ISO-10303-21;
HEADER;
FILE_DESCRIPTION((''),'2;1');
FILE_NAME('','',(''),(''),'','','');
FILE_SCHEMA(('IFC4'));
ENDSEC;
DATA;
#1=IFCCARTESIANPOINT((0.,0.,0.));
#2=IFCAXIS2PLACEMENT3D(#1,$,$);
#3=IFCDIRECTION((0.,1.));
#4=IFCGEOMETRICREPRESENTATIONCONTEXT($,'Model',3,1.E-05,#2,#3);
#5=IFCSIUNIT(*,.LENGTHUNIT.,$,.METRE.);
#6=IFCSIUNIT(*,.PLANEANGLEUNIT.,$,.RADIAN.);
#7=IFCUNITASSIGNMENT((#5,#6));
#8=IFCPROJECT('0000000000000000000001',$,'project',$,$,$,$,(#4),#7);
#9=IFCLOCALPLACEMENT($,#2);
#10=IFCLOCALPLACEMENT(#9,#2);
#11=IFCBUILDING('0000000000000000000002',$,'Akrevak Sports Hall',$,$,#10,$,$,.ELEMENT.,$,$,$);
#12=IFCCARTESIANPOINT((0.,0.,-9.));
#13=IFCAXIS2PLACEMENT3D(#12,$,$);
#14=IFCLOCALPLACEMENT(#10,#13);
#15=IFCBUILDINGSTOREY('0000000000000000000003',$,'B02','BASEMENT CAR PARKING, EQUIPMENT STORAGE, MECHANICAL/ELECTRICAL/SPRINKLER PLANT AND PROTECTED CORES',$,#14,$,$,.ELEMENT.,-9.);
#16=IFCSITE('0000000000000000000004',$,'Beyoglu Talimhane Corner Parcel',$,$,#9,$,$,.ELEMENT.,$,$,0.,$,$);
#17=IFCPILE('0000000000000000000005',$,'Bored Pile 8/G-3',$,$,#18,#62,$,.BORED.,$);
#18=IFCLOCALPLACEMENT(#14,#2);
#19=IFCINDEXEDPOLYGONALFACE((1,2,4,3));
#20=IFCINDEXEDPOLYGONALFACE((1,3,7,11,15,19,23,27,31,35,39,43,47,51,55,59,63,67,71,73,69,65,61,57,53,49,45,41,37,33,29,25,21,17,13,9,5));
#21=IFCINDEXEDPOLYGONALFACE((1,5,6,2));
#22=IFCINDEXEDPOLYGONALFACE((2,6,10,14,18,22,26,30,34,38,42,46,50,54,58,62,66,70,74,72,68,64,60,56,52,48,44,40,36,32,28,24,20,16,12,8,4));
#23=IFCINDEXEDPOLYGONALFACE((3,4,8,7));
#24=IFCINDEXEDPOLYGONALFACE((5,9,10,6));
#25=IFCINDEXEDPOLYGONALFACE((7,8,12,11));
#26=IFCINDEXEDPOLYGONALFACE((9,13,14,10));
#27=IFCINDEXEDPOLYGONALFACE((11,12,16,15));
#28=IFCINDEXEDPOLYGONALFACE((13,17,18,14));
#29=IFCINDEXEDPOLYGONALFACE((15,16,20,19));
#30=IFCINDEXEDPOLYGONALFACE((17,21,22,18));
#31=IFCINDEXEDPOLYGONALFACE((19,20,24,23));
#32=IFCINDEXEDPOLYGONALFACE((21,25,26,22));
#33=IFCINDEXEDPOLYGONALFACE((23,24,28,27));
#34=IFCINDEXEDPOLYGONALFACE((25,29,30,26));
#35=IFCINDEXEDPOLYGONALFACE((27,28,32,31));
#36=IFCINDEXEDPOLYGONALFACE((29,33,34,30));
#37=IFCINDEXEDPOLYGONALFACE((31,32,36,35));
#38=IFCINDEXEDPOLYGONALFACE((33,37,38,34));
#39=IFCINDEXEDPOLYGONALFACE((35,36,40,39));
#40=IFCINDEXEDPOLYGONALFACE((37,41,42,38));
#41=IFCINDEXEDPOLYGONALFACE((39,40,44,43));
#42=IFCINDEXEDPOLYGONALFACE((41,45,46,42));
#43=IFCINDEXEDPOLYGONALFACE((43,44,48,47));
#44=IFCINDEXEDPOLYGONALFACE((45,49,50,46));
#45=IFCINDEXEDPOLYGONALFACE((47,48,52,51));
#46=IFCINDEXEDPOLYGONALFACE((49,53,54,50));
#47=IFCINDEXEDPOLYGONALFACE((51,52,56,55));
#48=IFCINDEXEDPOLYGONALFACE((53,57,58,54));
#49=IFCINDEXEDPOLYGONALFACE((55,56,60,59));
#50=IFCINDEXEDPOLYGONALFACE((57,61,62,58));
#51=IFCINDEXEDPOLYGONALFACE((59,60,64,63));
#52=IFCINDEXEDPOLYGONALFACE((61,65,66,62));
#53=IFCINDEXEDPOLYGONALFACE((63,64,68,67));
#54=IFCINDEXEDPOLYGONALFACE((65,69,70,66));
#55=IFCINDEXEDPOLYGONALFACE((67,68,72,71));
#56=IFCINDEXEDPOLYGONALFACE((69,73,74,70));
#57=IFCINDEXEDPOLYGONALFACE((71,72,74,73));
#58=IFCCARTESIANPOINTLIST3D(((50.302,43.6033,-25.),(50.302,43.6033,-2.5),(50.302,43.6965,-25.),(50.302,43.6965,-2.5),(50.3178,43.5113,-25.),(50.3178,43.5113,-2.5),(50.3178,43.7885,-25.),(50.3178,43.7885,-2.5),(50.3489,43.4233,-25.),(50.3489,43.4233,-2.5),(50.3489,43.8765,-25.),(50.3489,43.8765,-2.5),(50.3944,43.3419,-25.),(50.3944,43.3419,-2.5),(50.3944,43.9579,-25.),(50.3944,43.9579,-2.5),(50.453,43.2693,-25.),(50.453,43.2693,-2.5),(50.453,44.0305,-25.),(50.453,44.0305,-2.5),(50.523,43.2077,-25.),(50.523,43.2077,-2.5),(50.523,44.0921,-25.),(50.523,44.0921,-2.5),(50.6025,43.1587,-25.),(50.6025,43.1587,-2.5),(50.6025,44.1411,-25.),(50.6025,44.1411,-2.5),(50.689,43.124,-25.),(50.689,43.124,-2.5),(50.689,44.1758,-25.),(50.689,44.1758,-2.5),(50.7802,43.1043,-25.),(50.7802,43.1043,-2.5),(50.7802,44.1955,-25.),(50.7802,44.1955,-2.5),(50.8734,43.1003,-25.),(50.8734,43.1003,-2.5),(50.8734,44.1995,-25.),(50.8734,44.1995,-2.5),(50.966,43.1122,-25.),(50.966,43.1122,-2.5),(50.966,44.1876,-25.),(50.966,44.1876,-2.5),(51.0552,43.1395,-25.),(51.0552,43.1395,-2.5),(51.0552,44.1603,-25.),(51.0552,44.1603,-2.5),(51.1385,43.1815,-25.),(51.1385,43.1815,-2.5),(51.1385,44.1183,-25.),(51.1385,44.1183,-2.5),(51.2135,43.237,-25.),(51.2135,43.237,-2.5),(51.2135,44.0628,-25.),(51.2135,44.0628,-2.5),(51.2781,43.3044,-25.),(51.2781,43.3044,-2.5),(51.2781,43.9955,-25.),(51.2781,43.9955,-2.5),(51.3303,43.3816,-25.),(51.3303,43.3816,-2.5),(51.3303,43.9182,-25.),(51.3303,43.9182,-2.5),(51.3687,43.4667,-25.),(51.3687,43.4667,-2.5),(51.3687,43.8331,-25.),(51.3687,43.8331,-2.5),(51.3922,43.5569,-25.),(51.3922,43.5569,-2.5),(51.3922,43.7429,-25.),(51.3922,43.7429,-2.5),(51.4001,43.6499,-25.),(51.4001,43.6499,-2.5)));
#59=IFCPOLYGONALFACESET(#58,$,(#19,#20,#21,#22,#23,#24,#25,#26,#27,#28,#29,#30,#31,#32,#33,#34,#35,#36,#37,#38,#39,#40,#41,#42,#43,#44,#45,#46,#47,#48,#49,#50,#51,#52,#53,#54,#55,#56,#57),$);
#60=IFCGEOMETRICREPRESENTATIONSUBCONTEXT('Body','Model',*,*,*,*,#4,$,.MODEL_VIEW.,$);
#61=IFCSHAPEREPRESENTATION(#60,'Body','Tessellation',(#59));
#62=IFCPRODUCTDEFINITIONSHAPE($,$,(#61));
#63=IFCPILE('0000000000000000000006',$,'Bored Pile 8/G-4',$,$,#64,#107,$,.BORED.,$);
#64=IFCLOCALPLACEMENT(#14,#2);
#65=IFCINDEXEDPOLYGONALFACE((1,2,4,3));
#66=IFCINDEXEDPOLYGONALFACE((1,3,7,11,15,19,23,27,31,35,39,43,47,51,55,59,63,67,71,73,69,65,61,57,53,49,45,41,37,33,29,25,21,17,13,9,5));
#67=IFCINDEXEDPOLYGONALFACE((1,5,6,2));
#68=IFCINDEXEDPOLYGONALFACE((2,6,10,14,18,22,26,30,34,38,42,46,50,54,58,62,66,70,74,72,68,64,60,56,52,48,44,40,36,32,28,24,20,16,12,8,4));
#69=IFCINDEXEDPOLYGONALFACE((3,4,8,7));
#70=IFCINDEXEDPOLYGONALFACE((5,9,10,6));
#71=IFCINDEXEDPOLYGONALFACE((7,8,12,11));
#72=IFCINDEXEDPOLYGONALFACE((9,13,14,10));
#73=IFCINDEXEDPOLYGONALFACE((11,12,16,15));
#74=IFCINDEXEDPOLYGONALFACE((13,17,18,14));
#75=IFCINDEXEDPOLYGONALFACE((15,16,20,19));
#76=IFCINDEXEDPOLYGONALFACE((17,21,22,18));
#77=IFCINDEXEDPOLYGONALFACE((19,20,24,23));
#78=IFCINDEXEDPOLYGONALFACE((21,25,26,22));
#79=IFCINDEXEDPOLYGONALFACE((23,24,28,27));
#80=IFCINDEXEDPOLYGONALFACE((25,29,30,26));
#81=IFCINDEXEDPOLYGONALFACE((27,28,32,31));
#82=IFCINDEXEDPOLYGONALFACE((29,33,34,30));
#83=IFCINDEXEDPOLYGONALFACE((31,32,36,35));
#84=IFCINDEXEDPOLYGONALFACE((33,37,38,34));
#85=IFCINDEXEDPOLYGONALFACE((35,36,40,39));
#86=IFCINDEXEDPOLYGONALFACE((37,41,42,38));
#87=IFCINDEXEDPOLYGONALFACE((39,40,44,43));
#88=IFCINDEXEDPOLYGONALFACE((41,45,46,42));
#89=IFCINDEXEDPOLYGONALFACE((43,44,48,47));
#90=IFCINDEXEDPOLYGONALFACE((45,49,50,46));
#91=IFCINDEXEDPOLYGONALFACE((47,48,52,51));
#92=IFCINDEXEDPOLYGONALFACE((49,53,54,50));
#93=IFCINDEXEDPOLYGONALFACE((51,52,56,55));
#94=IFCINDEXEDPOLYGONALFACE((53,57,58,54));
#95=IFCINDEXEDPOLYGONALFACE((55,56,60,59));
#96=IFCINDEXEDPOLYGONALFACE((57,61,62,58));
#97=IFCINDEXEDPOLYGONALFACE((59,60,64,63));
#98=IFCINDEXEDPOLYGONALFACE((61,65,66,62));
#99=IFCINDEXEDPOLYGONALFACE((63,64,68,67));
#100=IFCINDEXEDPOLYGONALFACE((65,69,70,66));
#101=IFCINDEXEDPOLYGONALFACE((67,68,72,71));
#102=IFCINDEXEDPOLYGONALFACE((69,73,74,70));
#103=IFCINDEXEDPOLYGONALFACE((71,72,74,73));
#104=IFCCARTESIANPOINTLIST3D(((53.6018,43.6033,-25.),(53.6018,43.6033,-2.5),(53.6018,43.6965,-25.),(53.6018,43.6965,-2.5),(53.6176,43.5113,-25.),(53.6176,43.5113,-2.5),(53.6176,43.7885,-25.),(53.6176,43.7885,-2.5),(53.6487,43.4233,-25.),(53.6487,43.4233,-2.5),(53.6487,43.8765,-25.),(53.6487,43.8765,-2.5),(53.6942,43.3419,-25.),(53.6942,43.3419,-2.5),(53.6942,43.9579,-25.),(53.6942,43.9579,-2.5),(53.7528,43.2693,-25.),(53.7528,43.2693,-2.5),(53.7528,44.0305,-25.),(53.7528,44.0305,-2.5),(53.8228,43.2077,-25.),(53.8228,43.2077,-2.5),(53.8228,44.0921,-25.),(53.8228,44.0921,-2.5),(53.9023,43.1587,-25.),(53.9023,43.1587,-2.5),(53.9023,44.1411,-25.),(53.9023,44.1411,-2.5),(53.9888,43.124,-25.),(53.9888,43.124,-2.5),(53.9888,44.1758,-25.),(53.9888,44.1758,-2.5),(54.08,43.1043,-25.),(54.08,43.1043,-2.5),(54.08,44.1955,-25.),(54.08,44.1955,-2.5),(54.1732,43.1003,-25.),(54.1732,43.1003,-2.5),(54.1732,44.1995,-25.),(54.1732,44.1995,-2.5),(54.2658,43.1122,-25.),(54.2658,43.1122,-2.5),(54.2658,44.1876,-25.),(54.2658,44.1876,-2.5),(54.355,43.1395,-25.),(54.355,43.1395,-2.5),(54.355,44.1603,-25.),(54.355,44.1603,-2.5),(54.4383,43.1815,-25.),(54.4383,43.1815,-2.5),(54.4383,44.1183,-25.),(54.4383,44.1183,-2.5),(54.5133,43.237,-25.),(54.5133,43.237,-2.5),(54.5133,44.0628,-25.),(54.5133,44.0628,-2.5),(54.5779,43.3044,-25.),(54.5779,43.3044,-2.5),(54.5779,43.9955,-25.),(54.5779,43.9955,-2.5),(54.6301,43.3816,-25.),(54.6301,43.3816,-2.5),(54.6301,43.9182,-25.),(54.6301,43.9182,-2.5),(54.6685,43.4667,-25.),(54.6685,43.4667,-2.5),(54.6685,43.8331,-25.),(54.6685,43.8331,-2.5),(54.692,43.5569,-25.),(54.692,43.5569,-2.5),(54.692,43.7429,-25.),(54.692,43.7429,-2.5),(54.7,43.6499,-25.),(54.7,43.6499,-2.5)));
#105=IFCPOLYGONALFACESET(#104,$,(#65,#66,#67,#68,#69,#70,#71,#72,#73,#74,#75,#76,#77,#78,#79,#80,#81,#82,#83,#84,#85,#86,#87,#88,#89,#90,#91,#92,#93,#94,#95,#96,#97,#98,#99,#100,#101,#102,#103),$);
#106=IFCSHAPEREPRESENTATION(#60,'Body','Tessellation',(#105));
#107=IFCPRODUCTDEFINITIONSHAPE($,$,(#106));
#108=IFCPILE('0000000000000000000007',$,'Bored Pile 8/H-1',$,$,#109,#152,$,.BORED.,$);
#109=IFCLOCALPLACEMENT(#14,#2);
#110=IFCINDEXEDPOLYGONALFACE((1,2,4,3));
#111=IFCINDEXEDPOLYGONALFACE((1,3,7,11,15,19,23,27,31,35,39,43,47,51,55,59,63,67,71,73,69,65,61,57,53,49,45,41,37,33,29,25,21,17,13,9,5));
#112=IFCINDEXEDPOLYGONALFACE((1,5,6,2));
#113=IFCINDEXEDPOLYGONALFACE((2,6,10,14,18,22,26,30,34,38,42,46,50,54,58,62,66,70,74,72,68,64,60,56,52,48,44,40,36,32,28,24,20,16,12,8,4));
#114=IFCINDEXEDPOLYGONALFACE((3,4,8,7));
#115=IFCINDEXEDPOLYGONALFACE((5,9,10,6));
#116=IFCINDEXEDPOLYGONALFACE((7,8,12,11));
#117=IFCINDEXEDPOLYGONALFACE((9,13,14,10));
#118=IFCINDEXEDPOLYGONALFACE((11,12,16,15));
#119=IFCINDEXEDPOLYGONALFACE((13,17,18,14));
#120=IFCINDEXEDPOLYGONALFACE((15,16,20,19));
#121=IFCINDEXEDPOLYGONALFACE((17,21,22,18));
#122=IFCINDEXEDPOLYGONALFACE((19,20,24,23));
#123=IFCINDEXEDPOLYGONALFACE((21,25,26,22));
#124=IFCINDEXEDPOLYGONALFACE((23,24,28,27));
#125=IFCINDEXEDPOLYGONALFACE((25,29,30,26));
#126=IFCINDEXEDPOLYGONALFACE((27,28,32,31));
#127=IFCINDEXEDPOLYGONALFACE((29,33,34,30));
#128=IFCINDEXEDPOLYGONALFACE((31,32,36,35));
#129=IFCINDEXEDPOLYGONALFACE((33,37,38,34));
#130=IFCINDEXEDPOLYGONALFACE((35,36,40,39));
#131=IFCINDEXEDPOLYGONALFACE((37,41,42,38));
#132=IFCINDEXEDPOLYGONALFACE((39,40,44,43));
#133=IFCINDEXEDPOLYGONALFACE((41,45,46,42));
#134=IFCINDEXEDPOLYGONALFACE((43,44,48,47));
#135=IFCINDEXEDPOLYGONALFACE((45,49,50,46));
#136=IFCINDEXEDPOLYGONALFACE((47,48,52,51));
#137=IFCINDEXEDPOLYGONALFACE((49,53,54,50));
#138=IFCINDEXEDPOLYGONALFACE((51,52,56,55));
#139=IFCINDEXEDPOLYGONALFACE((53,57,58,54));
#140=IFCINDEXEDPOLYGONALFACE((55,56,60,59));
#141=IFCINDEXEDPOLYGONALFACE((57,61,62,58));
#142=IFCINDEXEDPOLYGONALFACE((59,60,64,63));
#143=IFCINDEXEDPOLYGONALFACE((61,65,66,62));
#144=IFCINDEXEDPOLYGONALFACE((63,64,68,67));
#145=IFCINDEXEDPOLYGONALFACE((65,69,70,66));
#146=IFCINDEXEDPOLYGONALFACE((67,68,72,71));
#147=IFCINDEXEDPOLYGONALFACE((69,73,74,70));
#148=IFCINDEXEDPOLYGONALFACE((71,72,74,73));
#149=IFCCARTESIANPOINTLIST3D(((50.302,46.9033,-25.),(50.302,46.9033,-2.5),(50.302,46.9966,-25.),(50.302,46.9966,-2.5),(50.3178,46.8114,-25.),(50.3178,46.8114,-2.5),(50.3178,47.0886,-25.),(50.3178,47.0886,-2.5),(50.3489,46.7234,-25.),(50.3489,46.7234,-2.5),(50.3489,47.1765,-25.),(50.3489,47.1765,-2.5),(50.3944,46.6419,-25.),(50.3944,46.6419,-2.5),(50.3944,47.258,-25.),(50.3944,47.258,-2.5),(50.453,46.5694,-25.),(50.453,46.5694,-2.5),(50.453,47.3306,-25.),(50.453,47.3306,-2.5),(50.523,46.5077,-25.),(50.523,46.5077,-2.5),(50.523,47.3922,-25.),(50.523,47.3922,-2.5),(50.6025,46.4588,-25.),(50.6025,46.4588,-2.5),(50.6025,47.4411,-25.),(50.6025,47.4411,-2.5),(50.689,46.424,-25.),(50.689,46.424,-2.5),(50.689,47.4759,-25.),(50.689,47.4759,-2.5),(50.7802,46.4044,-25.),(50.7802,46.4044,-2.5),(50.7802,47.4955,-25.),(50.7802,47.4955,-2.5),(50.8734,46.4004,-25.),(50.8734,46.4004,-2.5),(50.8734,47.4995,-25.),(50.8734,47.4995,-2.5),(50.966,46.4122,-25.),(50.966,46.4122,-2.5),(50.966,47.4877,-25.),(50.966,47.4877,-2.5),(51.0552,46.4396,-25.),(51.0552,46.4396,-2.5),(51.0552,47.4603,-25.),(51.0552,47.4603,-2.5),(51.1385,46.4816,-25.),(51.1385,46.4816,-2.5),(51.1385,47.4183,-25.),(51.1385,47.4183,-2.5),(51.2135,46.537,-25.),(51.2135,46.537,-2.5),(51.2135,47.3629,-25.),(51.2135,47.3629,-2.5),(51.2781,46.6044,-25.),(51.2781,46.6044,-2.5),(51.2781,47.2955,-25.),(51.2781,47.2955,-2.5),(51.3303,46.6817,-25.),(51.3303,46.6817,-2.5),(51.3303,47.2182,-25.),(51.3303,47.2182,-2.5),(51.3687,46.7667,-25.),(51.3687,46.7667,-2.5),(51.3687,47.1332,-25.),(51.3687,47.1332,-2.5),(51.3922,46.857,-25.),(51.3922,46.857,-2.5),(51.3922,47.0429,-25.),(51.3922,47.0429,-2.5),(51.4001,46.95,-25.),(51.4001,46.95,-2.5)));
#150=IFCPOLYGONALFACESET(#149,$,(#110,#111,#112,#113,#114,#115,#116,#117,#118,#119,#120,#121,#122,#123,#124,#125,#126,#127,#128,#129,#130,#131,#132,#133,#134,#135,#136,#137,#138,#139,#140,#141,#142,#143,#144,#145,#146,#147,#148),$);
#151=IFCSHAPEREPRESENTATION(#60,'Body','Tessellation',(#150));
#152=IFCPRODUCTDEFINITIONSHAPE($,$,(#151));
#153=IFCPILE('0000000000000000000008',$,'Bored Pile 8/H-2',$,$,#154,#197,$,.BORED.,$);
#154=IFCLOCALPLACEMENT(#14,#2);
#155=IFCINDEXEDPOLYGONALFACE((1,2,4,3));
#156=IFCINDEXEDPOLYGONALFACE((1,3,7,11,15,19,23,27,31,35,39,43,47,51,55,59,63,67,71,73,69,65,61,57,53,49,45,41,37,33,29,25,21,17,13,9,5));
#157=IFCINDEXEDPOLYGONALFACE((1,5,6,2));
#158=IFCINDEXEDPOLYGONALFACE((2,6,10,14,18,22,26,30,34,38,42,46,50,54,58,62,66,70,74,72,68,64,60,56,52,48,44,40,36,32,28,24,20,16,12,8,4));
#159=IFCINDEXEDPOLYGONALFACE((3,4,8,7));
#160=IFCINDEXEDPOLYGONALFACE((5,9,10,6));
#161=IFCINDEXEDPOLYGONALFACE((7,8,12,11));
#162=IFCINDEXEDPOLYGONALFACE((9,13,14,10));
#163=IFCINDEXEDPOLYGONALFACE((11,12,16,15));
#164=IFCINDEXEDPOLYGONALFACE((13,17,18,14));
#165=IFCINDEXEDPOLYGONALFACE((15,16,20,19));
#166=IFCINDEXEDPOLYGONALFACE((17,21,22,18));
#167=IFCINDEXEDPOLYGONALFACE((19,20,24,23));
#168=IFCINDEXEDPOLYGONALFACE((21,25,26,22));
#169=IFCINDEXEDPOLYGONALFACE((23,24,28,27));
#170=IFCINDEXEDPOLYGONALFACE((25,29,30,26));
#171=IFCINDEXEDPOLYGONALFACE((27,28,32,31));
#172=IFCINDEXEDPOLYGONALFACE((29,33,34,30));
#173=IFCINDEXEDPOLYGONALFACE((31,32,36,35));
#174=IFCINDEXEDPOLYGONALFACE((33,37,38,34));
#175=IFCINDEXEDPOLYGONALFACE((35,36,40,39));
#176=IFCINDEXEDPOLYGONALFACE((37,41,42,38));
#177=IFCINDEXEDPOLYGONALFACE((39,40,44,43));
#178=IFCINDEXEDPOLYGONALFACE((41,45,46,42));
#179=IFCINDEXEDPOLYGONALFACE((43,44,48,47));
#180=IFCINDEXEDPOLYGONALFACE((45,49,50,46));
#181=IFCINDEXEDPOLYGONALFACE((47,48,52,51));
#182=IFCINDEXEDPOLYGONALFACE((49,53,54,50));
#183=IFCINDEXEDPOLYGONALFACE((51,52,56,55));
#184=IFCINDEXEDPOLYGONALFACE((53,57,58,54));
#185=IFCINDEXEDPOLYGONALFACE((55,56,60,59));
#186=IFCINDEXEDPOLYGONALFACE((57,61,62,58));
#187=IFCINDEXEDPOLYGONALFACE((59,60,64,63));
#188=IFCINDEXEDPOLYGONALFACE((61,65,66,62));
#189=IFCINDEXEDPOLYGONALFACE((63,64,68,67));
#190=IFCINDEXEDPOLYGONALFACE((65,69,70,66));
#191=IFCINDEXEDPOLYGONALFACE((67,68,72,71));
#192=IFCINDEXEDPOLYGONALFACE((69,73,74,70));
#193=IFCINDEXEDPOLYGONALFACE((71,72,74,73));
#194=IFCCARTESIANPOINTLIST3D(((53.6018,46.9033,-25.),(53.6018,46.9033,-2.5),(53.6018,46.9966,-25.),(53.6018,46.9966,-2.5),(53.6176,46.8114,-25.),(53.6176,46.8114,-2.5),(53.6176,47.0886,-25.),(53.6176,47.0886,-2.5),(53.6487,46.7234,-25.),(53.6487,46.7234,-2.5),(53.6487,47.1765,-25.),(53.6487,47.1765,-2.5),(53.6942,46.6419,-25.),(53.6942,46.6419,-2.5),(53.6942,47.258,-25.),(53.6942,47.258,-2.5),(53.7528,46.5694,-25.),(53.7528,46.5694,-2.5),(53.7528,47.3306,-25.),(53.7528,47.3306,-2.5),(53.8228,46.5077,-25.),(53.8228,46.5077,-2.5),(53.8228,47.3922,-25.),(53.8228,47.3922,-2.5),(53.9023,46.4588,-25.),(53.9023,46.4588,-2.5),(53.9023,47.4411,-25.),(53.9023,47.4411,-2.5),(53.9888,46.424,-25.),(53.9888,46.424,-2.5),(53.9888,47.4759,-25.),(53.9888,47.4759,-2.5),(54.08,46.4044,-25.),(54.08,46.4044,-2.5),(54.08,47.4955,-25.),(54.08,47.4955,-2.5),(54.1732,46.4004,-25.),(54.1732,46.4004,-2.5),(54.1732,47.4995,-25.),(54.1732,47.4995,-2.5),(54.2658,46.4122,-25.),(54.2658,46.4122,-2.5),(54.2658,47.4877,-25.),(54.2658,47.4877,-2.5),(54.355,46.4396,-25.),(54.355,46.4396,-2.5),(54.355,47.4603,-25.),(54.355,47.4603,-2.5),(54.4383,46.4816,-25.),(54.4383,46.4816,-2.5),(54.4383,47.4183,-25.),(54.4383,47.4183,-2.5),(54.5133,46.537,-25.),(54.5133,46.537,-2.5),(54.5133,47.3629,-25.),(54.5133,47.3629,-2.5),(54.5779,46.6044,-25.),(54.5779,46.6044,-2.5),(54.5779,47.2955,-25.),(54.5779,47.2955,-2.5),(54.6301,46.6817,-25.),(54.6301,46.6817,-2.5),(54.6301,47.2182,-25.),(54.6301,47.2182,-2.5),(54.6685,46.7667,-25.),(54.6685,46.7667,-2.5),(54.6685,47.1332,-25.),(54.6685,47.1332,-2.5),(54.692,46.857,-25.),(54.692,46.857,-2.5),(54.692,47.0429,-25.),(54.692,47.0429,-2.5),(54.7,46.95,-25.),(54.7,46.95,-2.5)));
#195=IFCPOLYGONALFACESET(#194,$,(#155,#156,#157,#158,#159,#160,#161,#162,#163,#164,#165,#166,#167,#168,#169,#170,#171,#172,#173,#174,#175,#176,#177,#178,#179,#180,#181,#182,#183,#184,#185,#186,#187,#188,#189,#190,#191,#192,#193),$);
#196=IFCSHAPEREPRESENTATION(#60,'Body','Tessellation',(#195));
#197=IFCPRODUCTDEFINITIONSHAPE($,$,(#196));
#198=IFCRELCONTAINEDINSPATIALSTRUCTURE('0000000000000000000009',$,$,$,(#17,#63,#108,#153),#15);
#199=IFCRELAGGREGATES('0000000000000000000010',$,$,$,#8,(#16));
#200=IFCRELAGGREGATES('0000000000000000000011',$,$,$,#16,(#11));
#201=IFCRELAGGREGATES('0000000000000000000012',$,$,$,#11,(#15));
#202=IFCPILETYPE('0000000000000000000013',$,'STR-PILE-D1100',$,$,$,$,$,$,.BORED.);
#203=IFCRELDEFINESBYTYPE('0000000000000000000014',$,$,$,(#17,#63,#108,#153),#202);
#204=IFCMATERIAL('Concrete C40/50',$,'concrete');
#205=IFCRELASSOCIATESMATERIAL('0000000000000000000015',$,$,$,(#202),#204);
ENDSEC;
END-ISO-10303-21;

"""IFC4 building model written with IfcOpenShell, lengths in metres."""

from ifc_helpers import new_model, si_unit, direction, frame, origin, origin_2d, place, context, subcontext, project, spatial, circle, extrude, material, material_profile, profile_set, type_object, element, save


model = new_model("IFC4")

# Units and contexts
model_context = context("Model", 3, precision=1e-05, world=origin(), true_north=direction((0.0, 1.0)))
body_context = subcontext(model_context, "Body", "Model", "MODEL_VIEW")
ifc_project = project(units=[si_unit("LENGTHUNIT", "METRE"), si_unit("PLANEANGLEUNIT", "RADIAN")], contexts=[model_context])

# Site, building, storey
site_placement = place(None, origin())
site = spatial("IfcSite", under=ifc_project, at=site_placement, Name="Beyoglu Talimhane Corner Parcel", CompositionType="ELEMENT", RefElevation=0.0)
building_placement = place(site_placement, origin())
building = spatial("IfcBuilding", under=site, at=building_placement, Name="Akrevak Sports Hall", CompositionType="ELEMENT")
storey_placement = place(building_placement, frame((0.0, 0.0, -9.0)))
storey = spatial("IfcBuildingStorey", under=building, at=storey_placement, Name="B02", Description="BASEMENT CAR PARKING, EQUIPMENT STORAGE, MECHANICAL/ELECTRICAL/SPRINKLER PLANT AND PROTECTED CORES", CompositionType="ELEMENT", Elevation=-9.0)

# Shared definitions
ifc_material_1 = material(Name="Concrete C40/50", Category="concrete")

# Piles
ifc_material_profile_1 = material_profile(ifc_material_1, circle(Radius=0.55, at=origin_2d()), Name="BORED PILE D1100", Category="concrete")
ifc_profile_set_1 = profile_set([ifc_material_profile_1], Name="Concrete C40/50")
pile_type = type_object("IfcPileType", Name="STR-PILE-D1100", PredefinedType="BORED", material=ifc_profile_set_1)
for number, where, z_axis, x_axis, name in (
    (1, (50.8501, 43.6499, -2.5), (0.0, 0.0, -1.0), (1.0, 0.0, 0.0), "Bored Pile 8/G-3"),
    (2, (54.1499, 43.6499, -2.5), (0.0, 0.0, -1.0), (1.0, 0.0, 0.0), "Bored Pile 8/G-4"),
    (3, (50.8501, 46.95, -2.5), (0.0, 0.0, -1.0), (1.0, 0.0, 0.0), "Bored Pile 8/H-1"),
    (4, (54.1499, 46.95, -2.5), (0.0, 0.0, -1.0), (1.0, 0.0, 0.0), "Bored Pile 8/H-2"),
):
    element("IfcPile", number, at=place(storey_placement, frame(where, z_axis=z_axis, x_axis=x_axis)), inside=storey, type_object=pile_type, Name=name, PredefinedType="BORED", context=body_context, shape_type="SweptSolid", body=[
        extrude(circle(Radius=0.55, at=origin_2d()), origin(), (0.0, 0.0, 1.0), 22.5),
    ])

save(model, "model.ifc")
